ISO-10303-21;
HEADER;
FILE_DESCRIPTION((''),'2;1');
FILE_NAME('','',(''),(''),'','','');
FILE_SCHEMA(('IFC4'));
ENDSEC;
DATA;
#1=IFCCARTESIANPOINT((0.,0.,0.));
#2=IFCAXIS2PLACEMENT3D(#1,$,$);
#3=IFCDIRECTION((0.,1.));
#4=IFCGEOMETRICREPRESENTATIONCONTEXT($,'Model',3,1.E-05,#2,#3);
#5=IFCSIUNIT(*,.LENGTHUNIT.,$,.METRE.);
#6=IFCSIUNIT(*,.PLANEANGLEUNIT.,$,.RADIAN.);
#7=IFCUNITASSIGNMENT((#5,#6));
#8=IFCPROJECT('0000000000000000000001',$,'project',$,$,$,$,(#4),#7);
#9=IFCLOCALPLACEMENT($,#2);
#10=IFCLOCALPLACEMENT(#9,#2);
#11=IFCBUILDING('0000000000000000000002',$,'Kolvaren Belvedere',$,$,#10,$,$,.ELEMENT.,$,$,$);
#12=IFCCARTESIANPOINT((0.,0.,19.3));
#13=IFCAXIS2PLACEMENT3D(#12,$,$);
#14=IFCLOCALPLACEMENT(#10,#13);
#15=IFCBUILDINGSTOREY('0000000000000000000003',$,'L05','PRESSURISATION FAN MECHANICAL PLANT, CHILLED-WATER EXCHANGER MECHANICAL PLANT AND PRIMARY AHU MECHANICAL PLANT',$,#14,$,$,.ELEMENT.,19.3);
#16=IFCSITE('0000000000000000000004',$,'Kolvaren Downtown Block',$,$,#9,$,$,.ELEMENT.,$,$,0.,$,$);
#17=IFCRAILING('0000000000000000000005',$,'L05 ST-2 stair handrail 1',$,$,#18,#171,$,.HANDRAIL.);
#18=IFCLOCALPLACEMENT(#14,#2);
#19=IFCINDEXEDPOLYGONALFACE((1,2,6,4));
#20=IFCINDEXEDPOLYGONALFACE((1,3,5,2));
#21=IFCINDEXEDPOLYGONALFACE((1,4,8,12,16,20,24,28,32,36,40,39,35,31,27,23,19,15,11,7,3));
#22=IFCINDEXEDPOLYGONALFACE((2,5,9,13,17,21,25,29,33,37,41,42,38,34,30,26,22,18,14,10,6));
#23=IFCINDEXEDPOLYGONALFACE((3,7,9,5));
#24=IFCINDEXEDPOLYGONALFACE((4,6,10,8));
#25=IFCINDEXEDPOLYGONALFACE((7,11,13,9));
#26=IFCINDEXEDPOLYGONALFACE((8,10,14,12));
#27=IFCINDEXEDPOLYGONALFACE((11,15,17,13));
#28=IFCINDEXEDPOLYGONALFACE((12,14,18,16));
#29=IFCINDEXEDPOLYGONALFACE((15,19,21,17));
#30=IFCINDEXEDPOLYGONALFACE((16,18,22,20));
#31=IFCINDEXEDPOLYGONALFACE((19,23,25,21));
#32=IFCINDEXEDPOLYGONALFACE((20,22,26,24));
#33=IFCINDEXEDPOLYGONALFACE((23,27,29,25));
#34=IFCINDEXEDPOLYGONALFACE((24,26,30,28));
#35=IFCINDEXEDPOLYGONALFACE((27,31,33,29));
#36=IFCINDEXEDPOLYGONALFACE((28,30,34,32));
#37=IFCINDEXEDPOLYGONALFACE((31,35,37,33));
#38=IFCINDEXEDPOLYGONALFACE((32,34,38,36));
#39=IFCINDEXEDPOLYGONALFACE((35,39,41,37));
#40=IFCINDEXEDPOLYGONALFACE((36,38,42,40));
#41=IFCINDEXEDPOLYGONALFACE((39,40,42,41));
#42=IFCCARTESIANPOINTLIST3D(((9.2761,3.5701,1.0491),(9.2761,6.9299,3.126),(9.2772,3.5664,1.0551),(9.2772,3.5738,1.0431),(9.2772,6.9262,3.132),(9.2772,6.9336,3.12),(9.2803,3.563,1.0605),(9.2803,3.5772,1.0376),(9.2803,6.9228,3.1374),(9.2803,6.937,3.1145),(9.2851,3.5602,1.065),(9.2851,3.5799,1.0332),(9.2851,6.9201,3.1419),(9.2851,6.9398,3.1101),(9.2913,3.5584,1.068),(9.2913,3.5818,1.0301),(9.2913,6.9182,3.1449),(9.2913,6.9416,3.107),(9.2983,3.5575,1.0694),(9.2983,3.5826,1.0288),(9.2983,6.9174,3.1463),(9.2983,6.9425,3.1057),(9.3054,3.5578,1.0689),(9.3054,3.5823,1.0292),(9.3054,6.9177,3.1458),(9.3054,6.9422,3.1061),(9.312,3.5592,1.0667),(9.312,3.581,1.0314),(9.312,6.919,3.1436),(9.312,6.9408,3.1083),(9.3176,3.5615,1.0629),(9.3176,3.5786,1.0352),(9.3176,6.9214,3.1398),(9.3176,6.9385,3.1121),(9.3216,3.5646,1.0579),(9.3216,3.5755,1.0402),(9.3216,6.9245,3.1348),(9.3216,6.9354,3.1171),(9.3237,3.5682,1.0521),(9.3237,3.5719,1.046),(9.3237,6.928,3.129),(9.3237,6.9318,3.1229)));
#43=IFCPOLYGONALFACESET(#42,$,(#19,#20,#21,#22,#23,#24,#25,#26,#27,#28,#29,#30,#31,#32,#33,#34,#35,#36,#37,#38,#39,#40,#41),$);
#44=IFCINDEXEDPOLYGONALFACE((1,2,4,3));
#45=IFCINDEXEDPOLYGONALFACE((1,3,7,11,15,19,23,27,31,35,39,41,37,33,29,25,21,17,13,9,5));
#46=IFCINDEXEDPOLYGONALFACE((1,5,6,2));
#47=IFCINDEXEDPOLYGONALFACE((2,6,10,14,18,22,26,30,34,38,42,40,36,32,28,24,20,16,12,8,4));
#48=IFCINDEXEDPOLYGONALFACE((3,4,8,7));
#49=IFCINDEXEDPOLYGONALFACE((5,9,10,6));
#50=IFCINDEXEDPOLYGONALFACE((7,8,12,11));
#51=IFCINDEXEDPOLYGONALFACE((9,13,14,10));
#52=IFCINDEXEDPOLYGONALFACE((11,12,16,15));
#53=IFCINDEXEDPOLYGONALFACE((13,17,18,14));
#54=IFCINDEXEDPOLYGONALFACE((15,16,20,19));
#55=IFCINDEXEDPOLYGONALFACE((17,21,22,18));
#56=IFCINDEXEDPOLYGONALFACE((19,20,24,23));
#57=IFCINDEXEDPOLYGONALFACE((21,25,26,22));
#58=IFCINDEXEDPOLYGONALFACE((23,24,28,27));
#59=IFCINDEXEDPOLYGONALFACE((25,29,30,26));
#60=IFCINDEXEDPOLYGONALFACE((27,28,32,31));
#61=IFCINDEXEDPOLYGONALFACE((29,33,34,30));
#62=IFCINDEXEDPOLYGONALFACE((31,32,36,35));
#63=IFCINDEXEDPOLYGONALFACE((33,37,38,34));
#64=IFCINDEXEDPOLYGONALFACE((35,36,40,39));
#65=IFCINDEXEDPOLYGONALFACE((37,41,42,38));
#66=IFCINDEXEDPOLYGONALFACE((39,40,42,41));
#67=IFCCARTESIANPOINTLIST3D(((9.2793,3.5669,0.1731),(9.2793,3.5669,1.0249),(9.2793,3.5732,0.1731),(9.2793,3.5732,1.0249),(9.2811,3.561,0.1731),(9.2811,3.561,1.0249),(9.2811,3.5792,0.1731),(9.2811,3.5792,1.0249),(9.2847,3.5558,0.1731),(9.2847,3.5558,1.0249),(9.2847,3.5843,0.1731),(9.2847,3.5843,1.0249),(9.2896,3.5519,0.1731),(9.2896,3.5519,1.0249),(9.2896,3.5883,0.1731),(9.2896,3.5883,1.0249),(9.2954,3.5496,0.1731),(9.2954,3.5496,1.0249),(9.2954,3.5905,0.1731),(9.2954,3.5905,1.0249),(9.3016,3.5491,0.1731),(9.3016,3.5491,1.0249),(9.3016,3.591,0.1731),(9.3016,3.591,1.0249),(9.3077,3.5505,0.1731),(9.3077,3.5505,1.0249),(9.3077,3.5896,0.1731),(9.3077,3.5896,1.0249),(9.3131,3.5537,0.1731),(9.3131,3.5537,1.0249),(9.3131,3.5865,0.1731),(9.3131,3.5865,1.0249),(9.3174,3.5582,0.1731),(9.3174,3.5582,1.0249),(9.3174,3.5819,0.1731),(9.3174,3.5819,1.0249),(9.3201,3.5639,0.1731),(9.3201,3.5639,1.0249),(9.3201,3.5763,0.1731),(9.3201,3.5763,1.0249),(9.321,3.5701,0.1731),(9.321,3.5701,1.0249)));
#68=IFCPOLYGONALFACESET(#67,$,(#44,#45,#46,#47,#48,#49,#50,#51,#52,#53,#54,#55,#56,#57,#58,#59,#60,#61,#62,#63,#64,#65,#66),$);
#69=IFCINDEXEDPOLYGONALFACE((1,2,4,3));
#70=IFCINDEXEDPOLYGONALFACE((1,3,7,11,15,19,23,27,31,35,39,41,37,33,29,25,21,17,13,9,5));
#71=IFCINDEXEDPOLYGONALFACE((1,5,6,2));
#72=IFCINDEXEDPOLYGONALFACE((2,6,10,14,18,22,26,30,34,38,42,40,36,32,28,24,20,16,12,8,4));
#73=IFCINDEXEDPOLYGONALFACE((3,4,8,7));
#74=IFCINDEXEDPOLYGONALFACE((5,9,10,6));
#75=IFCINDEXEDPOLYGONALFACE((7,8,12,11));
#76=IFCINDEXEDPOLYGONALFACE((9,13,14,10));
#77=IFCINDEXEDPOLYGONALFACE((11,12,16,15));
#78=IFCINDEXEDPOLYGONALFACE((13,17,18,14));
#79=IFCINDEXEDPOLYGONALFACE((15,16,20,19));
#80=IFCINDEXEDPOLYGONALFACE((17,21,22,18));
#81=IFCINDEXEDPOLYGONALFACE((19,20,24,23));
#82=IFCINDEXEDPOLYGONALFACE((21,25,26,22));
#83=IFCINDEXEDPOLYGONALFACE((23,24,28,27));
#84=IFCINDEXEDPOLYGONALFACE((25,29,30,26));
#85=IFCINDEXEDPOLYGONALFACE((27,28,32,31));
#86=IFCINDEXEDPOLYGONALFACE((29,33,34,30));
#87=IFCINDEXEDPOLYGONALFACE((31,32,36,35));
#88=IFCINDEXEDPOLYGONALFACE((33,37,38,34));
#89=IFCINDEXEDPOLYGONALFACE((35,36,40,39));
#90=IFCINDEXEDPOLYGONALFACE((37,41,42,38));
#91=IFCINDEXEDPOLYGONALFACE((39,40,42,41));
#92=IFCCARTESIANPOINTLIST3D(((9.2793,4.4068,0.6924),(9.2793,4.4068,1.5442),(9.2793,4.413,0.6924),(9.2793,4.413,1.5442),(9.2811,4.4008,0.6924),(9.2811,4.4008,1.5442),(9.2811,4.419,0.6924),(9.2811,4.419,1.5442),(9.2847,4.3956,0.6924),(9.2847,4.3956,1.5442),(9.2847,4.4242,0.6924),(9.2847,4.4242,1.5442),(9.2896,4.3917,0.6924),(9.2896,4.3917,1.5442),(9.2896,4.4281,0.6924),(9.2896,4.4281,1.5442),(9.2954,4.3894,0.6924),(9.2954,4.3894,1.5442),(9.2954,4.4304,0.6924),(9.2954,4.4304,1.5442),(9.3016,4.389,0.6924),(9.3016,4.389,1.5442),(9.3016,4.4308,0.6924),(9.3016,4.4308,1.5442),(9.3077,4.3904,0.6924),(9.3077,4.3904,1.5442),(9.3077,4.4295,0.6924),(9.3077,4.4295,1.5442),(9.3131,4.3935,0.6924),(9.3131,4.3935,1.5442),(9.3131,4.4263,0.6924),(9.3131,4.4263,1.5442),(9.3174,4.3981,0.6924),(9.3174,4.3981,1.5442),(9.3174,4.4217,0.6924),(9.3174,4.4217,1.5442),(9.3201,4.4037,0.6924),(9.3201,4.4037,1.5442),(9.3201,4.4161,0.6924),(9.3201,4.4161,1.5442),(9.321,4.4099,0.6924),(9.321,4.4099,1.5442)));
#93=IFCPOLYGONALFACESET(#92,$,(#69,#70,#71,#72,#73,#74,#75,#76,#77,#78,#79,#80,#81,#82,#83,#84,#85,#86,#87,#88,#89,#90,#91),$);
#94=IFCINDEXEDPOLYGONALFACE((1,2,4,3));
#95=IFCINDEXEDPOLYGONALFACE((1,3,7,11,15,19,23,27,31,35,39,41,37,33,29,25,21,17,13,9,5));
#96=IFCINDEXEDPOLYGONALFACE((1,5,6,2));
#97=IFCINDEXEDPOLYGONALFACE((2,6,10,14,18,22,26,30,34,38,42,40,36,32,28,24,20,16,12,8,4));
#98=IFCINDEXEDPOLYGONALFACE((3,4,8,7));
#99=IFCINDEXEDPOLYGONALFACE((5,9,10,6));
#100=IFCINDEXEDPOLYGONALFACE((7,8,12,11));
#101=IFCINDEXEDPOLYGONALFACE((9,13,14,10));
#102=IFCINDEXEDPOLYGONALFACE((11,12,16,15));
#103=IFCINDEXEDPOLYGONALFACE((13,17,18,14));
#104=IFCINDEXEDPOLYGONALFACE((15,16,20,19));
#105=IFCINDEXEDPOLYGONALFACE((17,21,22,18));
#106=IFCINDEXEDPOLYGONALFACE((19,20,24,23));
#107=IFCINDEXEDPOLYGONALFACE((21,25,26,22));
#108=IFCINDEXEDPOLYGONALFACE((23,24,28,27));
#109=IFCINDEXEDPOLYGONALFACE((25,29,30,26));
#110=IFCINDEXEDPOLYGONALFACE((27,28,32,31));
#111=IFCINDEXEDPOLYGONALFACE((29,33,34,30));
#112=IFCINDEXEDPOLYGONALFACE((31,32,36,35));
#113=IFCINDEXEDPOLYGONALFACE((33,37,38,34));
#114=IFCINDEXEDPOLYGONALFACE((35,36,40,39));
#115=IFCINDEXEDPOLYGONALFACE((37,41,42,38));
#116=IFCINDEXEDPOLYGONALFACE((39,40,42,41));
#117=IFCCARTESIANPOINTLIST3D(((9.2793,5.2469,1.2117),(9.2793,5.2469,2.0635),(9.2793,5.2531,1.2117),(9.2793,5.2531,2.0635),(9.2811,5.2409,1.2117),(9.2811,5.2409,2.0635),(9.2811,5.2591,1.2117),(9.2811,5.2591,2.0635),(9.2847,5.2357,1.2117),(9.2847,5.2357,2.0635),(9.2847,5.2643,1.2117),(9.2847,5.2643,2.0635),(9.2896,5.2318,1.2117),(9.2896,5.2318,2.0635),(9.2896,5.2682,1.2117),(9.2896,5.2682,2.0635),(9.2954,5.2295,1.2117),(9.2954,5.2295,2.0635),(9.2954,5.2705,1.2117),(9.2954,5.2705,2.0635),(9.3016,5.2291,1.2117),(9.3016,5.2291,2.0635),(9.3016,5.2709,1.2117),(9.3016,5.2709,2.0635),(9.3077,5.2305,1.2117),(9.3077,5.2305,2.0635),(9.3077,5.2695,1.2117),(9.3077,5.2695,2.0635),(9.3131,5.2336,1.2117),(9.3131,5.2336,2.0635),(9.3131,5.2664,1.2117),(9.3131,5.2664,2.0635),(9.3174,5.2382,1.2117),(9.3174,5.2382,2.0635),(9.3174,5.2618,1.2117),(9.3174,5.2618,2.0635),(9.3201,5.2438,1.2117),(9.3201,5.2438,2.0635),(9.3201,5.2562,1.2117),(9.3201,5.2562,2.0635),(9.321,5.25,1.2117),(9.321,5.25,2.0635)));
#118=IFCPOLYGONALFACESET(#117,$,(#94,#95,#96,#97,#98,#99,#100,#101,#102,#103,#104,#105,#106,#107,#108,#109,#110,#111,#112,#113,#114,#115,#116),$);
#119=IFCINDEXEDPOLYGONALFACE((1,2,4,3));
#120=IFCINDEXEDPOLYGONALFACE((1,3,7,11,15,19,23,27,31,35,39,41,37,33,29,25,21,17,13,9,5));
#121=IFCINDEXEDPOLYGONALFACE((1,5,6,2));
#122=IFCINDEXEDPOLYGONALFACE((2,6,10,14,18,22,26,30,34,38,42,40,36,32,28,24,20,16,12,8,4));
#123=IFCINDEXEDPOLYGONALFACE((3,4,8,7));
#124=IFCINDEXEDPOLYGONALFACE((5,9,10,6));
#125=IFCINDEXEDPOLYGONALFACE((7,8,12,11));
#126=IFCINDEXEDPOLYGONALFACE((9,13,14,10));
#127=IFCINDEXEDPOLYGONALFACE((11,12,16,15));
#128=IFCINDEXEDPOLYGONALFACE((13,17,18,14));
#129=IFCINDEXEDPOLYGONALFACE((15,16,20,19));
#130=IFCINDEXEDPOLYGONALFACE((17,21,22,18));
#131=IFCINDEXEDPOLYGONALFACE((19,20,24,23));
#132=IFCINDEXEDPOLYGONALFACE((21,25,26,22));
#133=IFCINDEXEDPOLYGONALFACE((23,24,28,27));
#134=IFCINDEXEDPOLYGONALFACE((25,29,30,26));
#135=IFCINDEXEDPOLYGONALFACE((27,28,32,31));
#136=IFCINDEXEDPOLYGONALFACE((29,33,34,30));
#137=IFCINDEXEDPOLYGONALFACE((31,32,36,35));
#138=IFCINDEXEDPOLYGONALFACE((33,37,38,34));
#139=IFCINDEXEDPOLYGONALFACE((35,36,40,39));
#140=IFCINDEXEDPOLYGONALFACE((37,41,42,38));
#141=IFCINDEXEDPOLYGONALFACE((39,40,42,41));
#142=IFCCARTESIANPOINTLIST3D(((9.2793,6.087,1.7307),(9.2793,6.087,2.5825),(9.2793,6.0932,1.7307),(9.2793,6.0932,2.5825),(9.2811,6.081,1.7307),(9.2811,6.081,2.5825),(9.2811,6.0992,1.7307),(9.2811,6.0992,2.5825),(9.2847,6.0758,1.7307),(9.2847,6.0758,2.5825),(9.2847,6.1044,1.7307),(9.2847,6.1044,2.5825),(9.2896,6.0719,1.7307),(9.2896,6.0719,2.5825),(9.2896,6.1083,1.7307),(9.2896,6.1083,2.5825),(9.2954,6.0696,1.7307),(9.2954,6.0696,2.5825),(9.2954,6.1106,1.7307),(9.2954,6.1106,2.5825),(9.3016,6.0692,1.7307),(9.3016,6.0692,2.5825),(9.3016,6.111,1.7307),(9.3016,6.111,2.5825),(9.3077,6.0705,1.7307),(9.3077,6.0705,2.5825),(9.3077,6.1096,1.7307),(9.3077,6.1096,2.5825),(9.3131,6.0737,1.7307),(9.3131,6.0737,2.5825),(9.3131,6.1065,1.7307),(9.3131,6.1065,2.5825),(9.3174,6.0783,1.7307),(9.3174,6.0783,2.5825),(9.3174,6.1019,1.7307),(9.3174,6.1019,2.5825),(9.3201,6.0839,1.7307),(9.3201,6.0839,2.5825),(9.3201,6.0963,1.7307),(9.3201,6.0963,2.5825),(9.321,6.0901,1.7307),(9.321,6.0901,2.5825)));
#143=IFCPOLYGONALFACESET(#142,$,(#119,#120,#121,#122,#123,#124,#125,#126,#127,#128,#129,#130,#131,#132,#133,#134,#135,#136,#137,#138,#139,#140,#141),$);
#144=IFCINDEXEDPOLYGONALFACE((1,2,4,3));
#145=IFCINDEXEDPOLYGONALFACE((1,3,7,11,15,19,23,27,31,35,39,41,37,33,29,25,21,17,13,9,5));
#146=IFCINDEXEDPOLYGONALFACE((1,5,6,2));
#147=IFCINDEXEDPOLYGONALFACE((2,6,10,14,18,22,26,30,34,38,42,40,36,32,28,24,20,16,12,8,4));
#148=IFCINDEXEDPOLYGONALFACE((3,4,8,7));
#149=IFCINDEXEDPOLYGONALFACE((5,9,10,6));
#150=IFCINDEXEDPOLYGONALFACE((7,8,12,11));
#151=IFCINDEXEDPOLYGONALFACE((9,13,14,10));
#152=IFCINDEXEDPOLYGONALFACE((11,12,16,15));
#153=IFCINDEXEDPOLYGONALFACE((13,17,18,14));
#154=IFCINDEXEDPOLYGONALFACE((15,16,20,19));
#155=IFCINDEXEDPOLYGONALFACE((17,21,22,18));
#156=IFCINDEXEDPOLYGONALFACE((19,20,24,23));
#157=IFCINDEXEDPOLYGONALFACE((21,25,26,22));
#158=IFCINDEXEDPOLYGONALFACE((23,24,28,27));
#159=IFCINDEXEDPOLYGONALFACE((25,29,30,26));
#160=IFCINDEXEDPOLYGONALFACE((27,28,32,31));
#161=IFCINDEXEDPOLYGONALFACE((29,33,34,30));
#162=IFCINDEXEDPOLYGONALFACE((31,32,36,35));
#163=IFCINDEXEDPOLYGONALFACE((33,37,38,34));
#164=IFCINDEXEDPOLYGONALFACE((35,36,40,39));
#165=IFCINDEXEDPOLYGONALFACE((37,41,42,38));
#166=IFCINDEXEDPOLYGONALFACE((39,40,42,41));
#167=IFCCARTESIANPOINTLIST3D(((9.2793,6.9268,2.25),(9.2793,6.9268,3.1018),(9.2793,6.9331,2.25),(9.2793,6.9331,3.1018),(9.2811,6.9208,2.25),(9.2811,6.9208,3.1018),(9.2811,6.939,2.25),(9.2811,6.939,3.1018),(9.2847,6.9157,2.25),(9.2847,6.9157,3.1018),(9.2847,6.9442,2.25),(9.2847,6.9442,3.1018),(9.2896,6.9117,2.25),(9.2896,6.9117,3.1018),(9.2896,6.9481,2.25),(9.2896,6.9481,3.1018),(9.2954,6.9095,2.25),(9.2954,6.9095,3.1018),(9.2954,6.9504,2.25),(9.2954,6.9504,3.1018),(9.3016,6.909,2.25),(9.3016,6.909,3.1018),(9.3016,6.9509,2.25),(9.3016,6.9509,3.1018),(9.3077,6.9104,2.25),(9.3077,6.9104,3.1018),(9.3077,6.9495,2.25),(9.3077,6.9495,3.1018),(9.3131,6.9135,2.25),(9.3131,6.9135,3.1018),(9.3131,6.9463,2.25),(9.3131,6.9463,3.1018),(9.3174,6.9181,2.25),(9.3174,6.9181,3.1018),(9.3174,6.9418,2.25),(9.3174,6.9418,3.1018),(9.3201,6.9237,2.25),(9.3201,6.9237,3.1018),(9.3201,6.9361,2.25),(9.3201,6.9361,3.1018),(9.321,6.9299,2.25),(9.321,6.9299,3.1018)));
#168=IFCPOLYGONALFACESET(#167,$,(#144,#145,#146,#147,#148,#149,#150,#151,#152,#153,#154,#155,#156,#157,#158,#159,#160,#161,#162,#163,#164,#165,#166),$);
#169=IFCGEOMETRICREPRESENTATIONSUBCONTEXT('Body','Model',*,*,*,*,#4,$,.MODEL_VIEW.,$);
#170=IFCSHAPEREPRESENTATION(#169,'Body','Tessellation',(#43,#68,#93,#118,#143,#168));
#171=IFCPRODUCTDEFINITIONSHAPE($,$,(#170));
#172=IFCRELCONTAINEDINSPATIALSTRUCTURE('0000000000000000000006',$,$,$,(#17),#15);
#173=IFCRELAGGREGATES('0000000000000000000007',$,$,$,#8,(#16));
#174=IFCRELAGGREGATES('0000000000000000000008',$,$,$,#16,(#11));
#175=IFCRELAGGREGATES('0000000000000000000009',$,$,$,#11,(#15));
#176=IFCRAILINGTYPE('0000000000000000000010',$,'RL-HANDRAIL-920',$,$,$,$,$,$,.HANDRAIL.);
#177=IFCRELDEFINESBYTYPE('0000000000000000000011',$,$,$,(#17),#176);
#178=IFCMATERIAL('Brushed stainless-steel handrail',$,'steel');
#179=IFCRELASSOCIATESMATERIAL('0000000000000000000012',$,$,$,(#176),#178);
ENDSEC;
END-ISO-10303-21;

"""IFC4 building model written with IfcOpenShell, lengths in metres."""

from ifc_helpers import new_model, si_unit, direction, frame, origin, origin_2d, place, context, subcontext, project, spatial, circle, extrude, material, type_object, element, save


model = new_model("IFC4")

# Units and contexts
model_context = context("Model", 3, precision=1e-05, world=origin(), true_north=direction((0.0, 1.0)))
body_context = subcontext(model_context, "Body", "Model", "MODEL_VIEW")
ifc_project = project(units=[si_unit("LENGTHUNIT", "METRE"), si_unit("PLANEANGLEUNIT", "RADIAN")], contexts=[model_context])

# Site, building, storey
site_placement = place(None, origin())
site = spatial("IfcSite", under=ifc_project, at=site_placement, Name="Kolvaren Downtown Block", CompositionType="ELEMENT", RefElevation=0.0)
building_placement = place(site_placement, origin())
building = spatial("IfcBuilding", under=site, at=building_placement, Name="Kolvaren Belvedere", CompositionType="ELEMENT")
storey_placement = place(building_placement, frame((0.0, 0.0, 19.3)))
storey = spatial("IfcBuildingStorey", under=building, at=storey_placement, Name="L05", Description="PRESSURISATION FAN MECHANICAL PLANT, CHILLED-WATER EXCHANGER MECHANICAL PLANT AND PRIMARY AHU MECHANICAL PLANT", CompositionType="ELEMENT", Elevation=19.3)

# Railing
ifc_material_1 = material(Name="Brushed stainless-steel handrail", Category="steel")
railing_type_1 = type_object("IfcRailingType", Name="RL-HANDRAIL-920", PredefinedType="HANDRAIL", material=ifc_material_1)
railing_1_placement = place(storey_placement, frame((9.3, 3.5701, 0.1731)))
element("IfcRailing", 1, at=railing_1_placement, inside=storey, type_object=railing_type_1, Name="L05 ST-2 stair handrail 1", PredefinedType="HANDRAIL", context=body_context, shape_type="SweptSolid", body=[
    extrude(circle(Radius=0.0239, at=origin_2d()), frame((0.0, 0.0, 0.876), z_axis=(0.0, 0.850606, 0.525803), x_axis=(-1.0, 0.0, 0.0)), (0.0, 0.0, 1.0), 3.95),
    extrude(circle(Radius=0.021, at=origin_2d()), origin(), (0.0, 0.0, 1.0), 0.8518),
    extrude(circle(Radius=0.021, at=origin_2d()), frame((0.0, 0.8398, 0.5193)), (0.0, 0.0, 1.0), 0.8518),
    extrude(circle(Radius=0.021, at=origin_2d()), frame((0.0, 1.6799, 1.0386)), (0.0, 0.0, 1.0), 0.8518),
    extrude(circle(Radius=0.021, at=origin_2d()), frame((0.0, 2.52, 1.5576)), (0.0, 0.0, 1.0), 0.8518),
    extrude(circle(Radius=0.021, at=origin_2d()), frame((0.0, 3.3599, 2.0769)), (0.0, 0.0, 1.0), 0.8518),
])

save(model, "model.ifc")
